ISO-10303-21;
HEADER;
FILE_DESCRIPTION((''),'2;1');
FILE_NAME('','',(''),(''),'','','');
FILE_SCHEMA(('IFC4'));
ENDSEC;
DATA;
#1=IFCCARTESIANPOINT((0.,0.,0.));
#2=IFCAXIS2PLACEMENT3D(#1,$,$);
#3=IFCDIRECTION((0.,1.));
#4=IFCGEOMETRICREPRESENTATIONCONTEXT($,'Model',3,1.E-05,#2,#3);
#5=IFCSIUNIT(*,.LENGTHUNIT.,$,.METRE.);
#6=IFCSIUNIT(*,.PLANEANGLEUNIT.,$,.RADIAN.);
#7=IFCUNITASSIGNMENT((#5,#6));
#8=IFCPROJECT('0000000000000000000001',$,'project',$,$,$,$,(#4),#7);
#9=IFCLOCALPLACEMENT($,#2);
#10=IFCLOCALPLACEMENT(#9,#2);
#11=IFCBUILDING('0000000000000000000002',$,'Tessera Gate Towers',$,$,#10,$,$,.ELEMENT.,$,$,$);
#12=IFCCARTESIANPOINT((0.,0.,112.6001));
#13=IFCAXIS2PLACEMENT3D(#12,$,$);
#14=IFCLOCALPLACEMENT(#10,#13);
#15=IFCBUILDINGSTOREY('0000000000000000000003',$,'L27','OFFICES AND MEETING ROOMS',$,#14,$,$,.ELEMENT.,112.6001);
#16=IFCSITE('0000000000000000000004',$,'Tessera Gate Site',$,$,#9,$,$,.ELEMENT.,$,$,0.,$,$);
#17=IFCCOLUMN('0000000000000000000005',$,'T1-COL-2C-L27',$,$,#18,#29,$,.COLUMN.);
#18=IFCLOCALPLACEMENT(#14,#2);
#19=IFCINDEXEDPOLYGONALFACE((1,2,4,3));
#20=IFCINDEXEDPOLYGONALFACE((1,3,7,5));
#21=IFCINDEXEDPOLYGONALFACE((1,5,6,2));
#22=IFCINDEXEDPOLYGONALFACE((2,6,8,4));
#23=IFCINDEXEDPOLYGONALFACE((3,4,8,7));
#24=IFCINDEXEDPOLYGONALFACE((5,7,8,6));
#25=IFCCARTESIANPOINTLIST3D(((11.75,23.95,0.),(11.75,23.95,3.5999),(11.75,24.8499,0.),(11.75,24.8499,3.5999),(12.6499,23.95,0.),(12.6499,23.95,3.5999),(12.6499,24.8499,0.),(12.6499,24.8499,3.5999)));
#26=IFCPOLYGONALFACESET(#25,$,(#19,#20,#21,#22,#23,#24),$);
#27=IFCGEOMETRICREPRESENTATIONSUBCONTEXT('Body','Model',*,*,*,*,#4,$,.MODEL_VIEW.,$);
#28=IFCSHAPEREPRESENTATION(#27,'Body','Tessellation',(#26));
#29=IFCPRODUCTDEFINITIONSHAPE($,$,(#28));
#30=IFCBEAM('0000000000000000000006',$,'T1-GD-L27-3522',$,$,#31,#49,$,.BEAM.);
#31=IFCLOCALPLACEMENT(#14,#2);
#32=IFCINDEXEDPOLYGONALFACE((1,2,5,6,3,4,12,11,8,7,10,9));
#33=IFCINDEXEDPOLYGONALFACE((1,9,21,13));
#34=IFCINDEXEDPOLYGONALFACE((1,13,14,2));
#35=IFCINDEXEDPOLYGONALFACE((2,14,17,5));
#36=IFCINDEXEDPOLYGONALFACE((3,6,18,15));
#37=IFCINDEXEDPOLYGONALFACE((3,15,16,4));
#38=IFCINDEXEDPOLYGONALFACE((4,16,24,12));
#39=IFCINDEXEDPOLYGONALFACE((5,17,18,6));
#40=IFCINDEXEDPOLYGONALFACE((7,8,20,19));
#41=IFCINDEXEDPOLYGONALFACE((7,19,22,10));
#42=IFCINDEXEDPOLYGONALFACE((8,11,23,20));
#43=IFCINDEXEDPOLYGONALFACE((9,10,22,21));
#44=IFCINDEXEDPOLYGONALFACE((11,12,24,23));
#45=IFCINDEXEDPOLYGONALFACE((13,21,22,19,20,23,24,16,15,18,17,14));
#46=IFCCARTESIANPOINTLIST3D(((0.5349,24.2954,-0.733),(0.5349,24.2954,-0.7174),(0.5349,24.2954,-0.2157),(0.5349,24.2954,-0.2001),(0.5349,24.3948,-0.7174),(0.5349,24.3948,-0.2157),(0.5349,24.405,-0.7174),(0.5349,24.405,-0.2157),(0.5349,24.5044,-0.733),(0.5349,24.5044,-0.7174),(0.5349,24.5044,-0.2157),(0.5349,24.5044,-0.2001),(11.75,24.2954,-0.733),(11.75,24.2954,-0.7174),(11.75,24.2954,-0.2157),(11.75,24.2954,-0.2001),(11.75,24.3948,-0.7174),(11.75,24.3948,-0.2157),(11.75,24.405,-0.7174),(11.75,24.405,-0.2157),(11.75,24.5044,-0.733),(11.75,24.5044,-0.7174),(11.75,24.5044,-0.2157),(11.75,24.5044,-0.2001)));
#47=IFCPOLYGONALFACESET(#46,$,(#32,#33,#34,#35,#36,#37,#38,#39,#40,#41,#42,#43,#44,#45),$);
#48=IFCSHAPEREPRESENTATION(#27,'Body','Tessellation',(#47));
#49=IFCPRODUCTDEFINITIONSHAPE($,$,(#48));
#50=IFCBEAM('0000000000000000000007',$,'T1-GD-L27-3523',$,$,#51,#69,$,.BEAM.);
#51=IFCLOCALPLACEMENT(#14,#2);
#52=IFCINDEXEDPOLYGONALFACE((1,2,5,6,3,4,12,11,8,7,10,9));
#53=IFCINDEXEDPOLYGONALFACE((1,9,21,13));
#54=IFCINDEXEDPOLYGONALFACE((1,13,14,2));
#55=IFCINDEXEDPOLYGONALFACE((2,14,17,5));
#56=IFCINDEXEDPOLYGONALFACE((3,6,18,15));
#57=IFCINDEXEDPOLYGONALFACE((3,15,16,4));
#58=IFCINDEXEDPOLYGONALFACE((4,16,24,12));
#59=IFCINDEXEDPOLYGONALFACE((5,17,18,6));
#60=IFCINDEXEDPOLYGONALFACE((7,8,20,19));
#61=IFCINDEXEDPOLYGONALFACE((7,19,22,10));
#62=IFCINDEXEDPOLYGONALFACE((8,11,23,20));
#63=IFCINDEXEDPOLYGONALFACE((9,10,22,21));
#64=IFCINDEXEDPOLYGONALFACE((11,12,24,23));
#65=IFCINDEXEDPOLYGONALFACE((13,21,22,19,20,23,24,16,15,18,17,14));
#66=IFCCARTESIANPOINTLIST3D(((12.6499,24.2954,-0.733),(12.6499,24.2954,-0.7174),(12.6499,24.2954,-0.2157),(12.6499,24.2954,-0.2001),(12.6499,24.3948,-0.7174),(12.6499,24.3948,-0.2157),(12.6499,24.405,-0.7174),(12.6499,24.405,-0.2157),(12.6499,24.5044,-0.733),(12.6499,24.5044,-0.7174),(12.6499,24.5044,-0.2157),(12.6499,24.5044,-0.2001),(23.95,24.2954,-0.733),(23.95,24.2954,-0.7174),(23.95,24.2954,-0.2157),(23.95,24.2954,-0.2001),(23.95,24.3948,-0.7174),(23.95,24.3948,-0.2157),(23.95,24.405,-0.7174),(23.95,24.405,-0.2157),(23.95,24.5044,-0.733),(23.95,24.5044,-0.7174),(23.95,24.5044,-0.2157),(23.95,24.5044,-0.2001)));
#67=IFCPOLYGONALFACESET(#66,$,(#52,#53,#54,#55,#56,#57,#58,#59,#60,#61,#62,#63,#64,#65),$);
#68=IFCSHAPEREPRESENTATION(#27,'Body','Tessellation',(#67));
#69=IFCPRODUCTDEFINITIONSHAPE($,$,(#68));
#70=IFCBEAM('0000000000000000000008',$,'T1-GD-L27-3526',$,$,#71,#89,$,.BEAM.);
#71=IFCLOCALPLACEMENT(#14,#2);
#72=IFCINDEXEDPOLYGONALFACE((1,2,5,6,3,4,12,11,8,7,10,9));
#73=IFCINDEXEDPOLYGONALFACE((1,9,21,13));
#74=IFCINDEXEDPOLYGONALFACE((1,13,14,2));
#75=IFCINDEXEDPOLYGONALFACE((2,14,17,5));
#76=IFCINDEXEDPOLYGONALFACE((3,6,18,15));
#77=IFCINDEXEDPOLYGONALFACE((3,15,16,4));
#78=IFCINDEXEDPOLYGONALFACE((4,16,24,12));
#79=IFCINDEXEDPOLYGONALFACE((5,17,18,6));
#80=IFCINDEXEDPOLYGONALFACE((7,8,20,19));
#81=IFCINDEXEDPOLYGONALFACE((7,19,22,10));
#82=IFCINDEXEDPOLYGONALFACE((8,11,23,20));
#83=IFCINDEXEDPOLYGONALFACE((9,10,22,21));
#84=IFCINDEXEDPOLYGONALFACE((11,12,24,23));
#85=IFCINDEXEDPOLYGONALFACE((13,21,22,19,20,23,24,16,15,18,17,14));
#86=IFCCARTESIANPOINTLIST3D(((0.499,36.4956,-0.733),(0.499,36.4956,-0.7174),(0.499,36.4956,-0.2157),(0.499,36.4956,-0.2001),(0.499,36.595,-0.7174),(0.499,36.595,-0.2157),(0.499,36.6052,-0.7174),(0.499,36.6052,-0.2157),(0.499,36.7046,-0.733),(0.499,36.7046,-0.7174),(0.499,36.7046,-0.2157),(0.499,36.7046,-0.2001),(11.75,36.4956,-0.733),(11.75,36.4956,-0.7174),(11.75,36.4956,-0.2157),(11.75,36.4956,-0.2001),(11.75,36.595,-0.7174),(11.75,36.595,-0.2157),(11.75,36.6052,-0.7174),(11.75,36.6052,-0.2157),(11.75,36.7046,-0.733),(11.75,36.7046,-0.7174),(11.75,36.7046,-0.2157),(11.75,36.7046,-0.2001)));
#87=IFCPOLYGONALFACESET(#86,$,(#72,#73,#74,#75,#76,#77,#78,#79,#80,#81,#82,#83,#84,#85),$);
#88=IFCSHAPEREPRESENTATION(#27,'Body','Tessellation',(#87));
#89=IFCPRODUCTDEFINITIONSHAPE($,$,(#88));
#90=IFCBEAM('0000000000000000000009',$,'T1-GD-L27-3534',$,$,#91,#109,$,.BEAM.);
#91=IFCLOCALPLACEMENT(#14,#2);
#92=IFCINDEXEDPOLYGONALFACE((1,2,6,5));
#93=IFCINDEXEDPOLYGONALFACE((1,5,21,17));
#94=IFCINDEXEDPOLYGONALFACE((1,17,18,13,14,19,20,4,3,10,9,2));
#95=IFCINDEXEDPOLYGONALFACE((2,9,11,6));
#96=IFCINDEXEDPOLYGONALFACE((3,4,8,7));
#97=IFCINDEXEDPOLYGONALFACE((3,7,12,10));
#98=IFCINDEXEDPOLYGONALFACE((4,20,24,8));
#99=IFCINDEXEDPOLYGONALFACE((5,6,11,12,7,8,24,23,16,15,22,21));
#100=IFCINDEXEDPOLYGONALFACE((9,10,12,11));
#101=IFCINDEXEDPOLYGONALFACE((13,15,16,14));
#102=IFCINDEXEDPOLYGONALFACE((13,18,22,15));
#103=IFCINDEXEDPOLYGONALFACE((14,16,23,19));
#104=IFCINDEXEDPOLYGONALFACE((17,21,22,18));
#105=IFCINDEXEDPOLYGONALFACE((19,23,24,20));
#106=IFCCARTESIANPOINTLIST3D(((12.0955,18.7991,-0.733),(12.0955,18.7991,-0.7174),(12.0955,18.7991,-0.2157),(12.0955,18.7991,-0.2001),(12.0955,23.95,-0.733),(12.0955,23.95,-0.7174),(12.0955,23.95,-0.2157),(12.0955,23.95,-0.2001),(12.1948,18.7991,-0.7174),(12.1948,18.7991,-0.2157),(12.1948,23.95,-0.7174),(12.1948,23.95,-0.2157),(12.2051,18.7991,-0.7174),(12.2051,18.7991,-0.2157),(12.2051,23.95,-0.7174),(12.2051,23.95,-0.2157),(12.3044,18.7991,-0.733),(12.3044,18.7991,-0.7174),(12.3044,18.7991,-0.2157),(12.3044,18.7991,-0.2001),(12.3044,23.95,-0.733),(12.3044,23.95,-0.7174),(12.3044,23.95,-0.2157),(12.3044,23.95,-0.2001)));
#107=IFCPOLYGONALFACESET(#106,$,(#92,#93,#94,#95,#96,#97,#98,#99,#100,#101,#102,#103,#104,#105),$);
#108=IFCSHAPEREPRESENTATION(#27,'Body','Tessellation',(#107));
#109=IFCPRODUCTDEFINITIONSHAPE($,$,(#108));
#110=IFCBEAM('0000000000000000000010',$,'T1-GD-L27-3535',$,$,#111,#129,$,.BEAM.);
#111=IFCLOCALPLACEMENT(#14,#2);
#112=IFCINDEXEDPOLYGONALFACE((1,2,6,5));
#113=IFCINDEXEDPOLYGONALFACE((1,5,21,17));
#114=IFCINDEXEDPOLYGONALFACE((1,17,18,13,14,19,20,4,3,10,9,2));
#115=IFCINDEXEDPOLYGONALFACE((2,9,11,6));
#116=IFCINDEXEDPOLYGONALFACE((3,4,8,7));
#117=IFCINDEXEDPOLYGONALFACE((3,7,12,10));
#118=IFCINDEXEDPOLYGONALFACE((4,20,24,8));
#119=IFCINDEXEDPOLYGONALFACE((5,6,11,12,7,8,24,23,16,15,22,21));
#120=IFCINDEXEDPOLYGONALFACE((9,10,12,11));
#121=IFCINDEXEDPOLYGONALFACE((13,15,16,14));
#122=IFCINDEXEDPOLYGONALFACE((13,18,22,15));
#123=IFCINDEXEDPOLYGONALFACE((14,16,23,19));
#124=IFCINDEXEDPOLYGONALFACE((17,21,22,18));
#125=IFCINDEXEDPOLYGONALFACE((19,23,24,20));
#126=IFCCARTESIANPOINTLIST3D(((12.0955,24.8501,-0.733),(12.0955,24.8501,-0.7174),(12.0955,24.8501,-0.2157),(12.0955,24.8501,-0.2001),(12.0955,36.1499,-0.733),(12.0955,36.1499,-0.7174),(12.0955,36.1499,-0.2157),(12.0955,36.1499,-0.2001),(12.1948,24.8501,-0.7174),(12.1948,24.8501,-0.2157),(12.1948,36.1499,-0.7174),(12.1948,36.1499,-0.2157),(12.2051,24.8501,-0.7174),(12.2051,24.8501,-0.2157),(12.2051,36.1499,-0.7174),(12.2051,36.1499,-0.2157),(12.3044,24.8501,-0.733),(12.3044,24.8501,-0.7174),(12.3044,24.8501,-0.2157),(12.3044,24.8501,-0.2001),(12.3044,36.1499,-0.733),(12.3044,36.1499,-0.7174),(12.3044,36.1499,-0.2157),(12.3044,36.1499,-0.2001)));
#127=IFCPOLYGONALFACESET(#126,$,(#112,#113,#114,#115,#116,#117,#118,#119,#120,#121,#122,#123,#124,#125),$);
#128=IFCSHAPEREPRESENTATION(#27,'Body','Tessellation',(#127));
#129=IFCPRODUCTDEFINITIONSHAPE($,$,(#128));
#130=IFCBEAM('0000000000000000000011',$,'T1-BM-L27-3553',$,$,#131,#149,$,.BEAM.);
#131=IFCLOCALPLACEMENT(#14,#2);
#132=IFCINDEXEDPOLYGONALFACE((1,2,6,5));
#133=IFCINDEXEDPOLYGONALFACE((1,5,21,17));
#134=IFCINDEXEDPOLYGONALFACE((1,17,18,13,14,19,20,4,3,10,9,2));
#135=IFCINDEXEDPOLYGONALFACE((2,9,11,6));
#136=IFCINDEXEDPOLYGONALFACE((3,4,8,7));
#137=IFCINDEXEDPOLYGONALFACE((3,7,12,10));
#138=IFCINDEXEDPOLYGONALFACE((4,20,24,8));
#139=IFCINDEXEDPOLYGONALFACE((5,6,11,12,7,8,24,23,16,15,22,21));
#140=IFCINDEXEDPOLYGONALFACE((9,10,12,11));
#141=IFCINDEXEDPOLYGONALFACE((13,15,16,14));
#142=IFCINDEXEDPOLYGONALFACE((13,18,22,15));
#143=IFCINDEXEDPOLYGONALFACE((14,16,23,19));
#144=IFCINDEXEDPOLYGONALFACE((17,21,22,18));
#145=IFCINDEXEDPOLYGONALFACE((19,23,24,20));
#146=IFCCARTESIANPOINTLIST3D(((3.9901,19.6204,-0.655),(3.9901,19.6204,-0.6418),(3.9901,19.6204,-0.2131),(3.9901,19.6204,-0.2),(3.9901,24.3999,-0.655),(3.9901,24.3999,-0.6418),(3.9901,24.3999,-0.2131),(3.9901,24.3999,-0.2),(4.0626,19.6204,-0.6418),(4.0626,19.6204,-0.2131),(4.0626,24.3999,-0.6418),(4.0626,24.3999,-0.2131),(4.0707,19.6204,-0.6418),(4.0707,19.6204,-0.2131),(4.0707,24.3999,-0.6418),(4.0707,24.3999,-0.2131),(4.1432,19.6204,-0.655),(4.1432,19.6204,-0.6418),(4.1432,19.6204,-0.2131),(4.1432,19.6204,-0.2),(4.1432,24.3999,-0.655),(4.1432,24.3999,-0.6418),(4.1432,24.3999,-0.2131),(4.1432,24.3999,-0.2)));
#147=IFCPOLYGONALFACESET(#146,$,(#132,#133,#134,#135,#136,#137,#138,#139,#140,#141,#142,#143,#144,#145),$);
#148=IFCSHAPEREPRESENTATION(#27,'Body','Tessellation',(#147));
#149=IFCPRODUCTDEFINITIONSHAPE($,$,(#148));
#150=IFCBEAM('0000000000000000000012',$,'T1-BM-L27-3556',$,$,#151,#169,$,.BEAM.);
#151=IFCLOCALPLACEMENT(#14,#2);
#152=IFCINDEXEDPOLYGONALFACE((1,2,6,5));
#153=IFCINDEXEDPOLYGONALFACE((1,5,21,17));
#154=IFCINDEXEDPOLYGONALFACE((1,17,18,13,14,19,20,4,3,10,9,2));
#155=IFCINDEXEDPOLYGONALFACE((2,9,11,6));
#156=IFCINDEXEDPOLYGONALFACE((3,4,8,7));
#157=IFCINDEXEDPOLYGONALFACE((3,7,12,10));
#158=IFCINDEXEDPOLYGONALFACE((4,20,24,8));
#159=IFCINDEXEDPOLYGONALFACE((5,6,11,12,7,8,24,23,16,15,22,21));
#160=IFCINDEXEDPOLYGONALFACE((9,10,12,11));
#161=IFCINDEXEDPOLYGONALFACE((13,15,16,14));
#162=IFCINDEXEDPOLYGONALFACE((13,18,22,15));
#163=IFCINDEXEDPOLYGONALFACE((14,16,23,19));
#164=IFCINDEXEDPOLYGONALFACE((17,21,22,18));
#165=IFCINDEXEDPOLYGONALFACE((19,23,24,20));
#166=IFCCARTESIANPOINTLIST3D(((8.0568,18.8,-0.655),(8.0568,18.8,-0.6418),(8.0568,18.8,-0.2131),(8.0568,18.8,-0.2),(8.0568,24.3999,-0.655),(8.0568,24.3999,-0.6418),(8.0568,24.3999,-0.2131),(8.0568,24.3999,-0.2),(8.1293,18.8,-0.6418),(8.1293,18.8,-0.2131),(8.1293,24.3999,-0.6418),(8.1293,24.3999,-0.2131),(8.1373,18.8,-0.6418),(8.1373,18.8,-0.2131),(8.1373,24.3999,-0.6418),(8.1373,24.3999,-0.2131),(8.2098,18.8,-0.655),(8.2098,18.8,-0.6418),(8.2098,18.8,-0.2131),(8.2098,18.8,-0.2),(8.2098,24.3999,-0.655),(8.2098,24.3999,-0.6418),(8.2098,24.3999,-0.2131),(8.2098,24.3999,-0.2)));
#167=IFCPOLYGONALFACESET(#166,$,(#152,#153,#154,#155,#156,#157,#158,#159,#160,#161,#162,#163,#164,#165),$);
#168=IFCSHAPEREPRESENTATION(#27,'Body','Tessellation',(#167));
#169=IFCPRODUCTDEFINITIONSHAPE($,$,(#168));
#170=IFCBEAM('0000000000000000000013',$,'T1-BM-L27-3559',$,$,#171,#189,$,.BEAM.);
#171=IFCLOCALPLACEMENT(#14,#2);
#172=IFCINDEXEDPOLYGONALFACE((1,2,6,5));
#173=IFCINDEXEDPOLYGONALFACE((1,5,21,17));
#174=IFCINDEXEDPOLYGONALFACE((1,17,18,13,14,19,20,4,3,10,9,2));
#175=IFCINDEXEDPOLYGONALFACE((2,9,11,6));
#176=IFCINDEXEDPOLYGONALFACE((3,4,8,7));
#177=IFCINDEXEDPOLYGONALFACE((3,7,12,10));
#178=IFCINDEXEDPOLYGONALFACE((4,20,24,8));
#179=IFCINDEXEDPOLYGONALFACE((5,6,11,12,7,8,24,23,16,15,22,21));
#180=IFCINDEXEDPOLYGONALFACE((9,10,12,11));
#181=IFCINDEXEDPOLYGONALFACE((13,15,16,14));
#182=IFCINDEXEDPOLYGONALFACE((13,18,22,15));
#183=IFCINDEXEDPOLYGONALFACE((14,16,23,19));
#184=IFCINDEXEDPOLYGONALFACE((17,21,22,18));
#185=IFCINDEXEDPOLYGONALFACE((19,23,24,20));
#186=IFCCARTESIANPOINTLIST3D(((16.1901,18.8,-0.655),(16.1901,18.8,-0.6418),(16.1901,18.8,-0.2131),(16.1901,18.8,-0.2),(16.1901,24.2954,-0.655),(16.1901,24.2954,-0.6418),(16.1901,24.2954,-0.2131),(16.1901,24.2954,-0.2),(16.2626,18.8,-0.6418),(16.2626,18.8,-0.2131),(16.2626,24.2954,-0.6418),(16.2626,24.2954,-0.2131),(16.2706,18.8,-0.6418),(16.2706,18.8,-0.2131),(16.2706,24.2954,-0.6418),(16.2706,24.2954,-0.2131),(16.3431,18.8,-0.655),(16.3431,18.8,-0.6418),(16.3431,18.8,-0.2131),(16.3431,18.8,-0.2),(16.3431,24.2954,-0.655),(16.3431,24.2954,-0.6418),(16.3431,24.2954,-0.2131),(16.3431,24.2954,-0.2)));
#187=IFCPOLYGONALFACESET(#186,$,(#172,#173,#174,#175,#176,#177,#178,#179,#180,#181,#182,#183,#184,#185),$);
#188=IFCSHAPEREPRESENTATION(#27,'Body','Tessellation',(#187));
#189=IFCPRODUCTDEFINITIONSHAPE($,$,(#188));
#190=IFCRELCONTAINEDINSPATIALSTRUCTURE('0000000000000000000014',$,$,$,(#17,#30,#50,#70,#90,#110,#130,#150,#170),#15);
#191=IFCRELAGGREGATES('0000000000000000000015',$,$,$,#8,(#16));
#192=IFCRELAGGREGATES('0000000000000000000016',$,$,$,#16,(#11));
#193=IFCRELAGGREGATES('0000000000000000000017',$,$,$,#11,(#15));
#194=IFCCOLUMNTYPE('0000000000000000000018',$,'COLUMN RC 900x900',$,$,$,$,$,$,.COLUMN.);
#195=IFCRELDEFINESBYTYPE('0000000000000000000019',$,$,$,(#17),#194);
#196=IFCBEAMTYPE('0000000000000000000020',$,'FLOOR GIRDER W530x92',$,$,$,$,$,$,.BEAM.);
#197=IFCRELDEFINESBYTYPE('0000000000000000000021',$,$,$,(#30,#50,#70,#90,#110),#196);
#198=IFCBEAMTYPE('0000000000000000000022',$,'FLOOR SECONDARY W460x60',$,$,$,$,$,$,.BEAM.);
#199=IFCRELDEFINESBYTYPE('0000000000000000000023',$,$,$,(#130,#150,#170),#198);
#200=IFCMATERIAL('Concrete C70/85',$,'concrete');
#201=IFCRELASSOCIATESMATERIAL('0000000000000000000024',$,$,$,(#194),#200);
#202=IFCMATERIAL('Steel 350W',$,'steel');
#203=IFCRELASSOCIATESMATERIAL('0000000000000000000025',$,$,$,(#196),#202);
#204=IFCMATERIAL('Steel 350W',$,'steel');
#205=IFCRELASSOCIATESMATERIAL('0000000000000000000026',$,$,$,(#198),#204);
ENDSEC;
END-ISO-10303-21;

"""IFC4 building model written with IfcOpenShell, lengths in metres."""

from ifc_helpers import new_model, si_unit, direction, frame, origin, origin_2d, place, context, subcontext, project, spatial, rectangle, i_section, extrude, material, material_profile, profile_set, type_object, element, save


model = new_model("IFC4")

# Units and contexts
model_context = context("Model", 3, precision=1e-05, world=origin(), true_north=direction((0.0, 1.0)))
body_context = subcontext(model_context, "Body", "Model", "MODEL_VIEW")
ifc_project = project(units=[si_unit("LENGTHUNIT", "METRE"), si_unit("PLANEANGLEUNIT", "RADIAN")], contexts=[model_context])

# Site, building, storey
site_placement = place(None, origin())
site = spatial("IfcSite", under=ifc_project, at=site_placement, Name="Tessera Gate Site", CompositionType="ELEMENT", RefElevation=0.0)
building_placement = place(site_placement, origin())
building = spatial("IfcBuilding", under=site, at=building_placement, Name="Tessera Gate Towers", CompositionType="ELEMENT")
storey_placement = place(building_placement, frame((0.0, 0.0, 112.6001)))
storey = spatial("IfcBuildingStorey", under=building, at=storey_placement, Name="L27", Description="OFFICES AND MEETING ROOMS", CompositionType="ELEMENT", Elevation=112.6001)

# Column
ifc_material_1 = material(Name="Concrete C70/85", Category="concrete")
ifc_material_profile_1 = material_profile(ifc_material_1, rectangle(XDim=0.8999, YDim=0.8999, at=origin_2d()), Name="RC 900x900")
ifc_profile_set_1 = profile_set([ifc_material_profile_1], Name="Concrete C70/85")
column_type = type_object("IfcColumnType", Name="COLUMN RC 900x900", PredefinedType="COLUMN", material=ifc_profile_set_1)
column_placement = place(storey_placement, frame((12.2, 24.3999, 0.0), z_axis=(0.0, 0.0, 1.0), x_axis=(1.0, 0.0, 0.0)))
element("IfcColumn", 1, at=column_placement, inside=storey, type_object=column_type, Name="T1-COL-2C-L27", PredefinedType="COLUMN", context=body_context, shape_type="SweptSolid", body=[
    extrude(rectangle(XDim=0.8999, YDim=0.8999, at=origin_2d()), origin(), (0.0, 0.0, 1.0), 3.5999),
])

# Beams
ifc_material_2 = material(Name="Steel 350W", Category="steel")
ifc_material_profile_2 = material_profile(ifc_material_2, i_section(OverallWidth=0.209, OverallDepth=0.533, WebThickness=0.0103, FlangeThickness=0.0156, at=origin_2d()), Name="W530x92")
ifc_profile_set_2 = profile_set([ifc_material_profile_2], Name="Steel 350W")
beam_type_1 = type_object("IfcBeamType", Name="FLOOR GIRDER W530x92", PredefinedType="BEAM", material=ifc_profile_set_2)
beam_1_placement = place(storey_placement, frame((0.5349, 24.3999, -0.4666), z_axis=(1.0, 0.0, 0.0), x_axis=(0.0, 1.0, 0.0)))
element("IfcBeam", 2, at=beam_1_placement, inside=storey, type_object=beam_type_1, Name="T1-GD-L27-3522", PredefinedType="BEAM", context=body_context, shape_type="SweptSolid", body=[
    extrude(i_section(OverallWidth=0.209, OverallDepth=0.533, WebThickness=0.0103, FlangeThickness=0.0156, at=origin_2d()), origin(), (0.0, 0.0, 1.0), 11.2151),
])
beam_2_placement = place(storey_placement, frame((12.6499, 24.3999, -0.4666), z_axis=(1.0, 0.0, 0.0), x_axis=(0.0, 1.0, 0.0)))
element("IfcBeam", 3, at=beam_2_placement, inside=storey, type_object=beam_type_1, Name="T1-GD-L27-3523", PredefinedType="BEAM", context=body_context, shape_type="SweptSolid", body=[
    extrude(i_section(OverallWidth=0.209, OverallDepth=0.533, WebThickness=0.0103, FlangeThickness=0.0156, at=origin_2d()), origin(), (0.0, 0.0, 1.0), 11.3),
])
beam_3_placement = place(storey_placement, frame((0.499, 36.6001, -0.4666), z_axis=(1.0, 0.0, 0.0), x_axis=(0.0, 1.0, 0.0)))
element("IfcBeam", 4, at=beam_3_placement, inside=storey, type_object=beam_type_1, Name="T1-GD-L27-3526", PredefinedType="BEAM", context=body_context, shape_type="SweptSolid", body=[
    extrude(i_section(OverallWidth=0.209, OverallDepth=0.533, WebThickness=0.0103, FlangeThickness=0.0156, at=origin_2d()), origin(), (0.0, 0.0, 1.0), 11.251),
])
beam_4_placement = place(storey_placement, frame((12.2, 18.7991, -0.4666), z_axis=(0.0, 1.0, 0.0), x_axis=(-1.0, 0.0, 0.0)))
element("IfcBeam", 5, at=beam_4_placement, inside=storey, type_object=beam_type_1, Name="T1-GD-L27-3534", PredefinedType="BEAM", context=body_context, shape_type="SweptSolid", body=[
    extrude(i_section(OverallWidth=0.209, OverallDepth=0.533, WebThickness=0.0103, FlangeThickness=0.0156, at=origin_2d()), origin(), (0.0, 0.0, 1.0), 5.1509),
])
beam_5_placement = place(storey_placement, frame((12.2, 24.8501, -0.4666), z_axis=(0.0, 1.0, 0.0), x_axis=(-1.0, 0.0, 0.0)))
element("IfcBeam", 6, at=beam_5_placement, inside=storey, type_object=beam_type_1, Name="T1-GD-L27-3535", PredefinedType="BEAM", context=body_context, shape_type="SweptSolid", body=[
    extrude(i_section(OverallWidth=0.209, OverallDepth=0.533, WebThickness=0.0103, FlangeThickness=0.0156, at=origin_2d()), origin(), (0.0, 0.0, 1.0), 11.2998),
])
ifc_material_3 = material(Name="Steel 350W", Category="steel")
ifc_material_profile_3 = material_profile(ifc_material_3, i_section(OverallWidth=0.1531, OverallDepth=0.4551, WebThickness=0.0081, FlangeThickness=0.0132, at=origin_2d()), Name="W460x60")
ifc_profile_set_3 = profile_set([ifc_material_profile_3], Name="Steel 350W")
beam_type_2 = type_object("IfcBeamType", Name="FLOOR SECONDARY W460x60", PredefinedType="BEAM", material=ifc_profile_set_3)
beam_6_placement = place(storey_placement, frame((4.0667, 19.6204, -0.4275), z_axis=(0.0, 1.0, 0.0), x_axis=(-1.0, 0.0, 0.0)))
element("IfcBeam", 7, at=beam_6_placement, inside=storey, type_object=beam_type_2, Name="T1-BM-L27-3553", PredefinedType="BEAM", context=body_context, shape_type="SweptSolid", body=[
    extrude(i_section(OverallWidth=0.1531, OverallDepth=0.4551, WebThickness=0.0081, FlangeThickness=0.0132, at=origin_2d()), origin(), (0.0, 0.0, 1.0), 4.7795),
])
beam_7_placement = place(storey_placement, frame((8.1333, 18.8, -0.4275), z_axis=(0.0, 1.0, 0.0), x_axis=(-1.0, 0.0, 0.0)))
element("IfcBeam", 8, at=beam_7_placement, inside=storey, type_object=beam_type_2, Name="T1-BM-L27-3556", PredefinedType="BEAM", context=body_context, shape_type="SweptSolid", body=[
    extrude(i_section(OverallWidth=0.1531, OverallDepth=0.4551, WebThickness=0.0081, FlangeThickness=0.0132, at=origin_2d()), origin(), (0.0, 0.0, 1.0), 5.5999),
])
beam_8_placement = place(storey_placement, frame((16.2666, 18.8, -0.4275), z_axis=(0.0, 1.0, 0.0), x_axis=(-1.0, 0.0, 0.0)))
element("IfcBeam", 9, at=beam_8_placement, inside=storey, type_object=beam_type_2, Name="T1-BM-L27-3559", PredefinedType="BEAM", context=body_context, shape_type="SweptSolid", body=[
    extrude(i_section(OverallWidth=0.1531, OverallDepth=0.4551, WebThickness=0.0081, FlangeThickness=0.0132, at=origin_2d()), origin(), (0.0, 0.0, 1.0), 5.4954),
])

save(model, "model.ifc")
